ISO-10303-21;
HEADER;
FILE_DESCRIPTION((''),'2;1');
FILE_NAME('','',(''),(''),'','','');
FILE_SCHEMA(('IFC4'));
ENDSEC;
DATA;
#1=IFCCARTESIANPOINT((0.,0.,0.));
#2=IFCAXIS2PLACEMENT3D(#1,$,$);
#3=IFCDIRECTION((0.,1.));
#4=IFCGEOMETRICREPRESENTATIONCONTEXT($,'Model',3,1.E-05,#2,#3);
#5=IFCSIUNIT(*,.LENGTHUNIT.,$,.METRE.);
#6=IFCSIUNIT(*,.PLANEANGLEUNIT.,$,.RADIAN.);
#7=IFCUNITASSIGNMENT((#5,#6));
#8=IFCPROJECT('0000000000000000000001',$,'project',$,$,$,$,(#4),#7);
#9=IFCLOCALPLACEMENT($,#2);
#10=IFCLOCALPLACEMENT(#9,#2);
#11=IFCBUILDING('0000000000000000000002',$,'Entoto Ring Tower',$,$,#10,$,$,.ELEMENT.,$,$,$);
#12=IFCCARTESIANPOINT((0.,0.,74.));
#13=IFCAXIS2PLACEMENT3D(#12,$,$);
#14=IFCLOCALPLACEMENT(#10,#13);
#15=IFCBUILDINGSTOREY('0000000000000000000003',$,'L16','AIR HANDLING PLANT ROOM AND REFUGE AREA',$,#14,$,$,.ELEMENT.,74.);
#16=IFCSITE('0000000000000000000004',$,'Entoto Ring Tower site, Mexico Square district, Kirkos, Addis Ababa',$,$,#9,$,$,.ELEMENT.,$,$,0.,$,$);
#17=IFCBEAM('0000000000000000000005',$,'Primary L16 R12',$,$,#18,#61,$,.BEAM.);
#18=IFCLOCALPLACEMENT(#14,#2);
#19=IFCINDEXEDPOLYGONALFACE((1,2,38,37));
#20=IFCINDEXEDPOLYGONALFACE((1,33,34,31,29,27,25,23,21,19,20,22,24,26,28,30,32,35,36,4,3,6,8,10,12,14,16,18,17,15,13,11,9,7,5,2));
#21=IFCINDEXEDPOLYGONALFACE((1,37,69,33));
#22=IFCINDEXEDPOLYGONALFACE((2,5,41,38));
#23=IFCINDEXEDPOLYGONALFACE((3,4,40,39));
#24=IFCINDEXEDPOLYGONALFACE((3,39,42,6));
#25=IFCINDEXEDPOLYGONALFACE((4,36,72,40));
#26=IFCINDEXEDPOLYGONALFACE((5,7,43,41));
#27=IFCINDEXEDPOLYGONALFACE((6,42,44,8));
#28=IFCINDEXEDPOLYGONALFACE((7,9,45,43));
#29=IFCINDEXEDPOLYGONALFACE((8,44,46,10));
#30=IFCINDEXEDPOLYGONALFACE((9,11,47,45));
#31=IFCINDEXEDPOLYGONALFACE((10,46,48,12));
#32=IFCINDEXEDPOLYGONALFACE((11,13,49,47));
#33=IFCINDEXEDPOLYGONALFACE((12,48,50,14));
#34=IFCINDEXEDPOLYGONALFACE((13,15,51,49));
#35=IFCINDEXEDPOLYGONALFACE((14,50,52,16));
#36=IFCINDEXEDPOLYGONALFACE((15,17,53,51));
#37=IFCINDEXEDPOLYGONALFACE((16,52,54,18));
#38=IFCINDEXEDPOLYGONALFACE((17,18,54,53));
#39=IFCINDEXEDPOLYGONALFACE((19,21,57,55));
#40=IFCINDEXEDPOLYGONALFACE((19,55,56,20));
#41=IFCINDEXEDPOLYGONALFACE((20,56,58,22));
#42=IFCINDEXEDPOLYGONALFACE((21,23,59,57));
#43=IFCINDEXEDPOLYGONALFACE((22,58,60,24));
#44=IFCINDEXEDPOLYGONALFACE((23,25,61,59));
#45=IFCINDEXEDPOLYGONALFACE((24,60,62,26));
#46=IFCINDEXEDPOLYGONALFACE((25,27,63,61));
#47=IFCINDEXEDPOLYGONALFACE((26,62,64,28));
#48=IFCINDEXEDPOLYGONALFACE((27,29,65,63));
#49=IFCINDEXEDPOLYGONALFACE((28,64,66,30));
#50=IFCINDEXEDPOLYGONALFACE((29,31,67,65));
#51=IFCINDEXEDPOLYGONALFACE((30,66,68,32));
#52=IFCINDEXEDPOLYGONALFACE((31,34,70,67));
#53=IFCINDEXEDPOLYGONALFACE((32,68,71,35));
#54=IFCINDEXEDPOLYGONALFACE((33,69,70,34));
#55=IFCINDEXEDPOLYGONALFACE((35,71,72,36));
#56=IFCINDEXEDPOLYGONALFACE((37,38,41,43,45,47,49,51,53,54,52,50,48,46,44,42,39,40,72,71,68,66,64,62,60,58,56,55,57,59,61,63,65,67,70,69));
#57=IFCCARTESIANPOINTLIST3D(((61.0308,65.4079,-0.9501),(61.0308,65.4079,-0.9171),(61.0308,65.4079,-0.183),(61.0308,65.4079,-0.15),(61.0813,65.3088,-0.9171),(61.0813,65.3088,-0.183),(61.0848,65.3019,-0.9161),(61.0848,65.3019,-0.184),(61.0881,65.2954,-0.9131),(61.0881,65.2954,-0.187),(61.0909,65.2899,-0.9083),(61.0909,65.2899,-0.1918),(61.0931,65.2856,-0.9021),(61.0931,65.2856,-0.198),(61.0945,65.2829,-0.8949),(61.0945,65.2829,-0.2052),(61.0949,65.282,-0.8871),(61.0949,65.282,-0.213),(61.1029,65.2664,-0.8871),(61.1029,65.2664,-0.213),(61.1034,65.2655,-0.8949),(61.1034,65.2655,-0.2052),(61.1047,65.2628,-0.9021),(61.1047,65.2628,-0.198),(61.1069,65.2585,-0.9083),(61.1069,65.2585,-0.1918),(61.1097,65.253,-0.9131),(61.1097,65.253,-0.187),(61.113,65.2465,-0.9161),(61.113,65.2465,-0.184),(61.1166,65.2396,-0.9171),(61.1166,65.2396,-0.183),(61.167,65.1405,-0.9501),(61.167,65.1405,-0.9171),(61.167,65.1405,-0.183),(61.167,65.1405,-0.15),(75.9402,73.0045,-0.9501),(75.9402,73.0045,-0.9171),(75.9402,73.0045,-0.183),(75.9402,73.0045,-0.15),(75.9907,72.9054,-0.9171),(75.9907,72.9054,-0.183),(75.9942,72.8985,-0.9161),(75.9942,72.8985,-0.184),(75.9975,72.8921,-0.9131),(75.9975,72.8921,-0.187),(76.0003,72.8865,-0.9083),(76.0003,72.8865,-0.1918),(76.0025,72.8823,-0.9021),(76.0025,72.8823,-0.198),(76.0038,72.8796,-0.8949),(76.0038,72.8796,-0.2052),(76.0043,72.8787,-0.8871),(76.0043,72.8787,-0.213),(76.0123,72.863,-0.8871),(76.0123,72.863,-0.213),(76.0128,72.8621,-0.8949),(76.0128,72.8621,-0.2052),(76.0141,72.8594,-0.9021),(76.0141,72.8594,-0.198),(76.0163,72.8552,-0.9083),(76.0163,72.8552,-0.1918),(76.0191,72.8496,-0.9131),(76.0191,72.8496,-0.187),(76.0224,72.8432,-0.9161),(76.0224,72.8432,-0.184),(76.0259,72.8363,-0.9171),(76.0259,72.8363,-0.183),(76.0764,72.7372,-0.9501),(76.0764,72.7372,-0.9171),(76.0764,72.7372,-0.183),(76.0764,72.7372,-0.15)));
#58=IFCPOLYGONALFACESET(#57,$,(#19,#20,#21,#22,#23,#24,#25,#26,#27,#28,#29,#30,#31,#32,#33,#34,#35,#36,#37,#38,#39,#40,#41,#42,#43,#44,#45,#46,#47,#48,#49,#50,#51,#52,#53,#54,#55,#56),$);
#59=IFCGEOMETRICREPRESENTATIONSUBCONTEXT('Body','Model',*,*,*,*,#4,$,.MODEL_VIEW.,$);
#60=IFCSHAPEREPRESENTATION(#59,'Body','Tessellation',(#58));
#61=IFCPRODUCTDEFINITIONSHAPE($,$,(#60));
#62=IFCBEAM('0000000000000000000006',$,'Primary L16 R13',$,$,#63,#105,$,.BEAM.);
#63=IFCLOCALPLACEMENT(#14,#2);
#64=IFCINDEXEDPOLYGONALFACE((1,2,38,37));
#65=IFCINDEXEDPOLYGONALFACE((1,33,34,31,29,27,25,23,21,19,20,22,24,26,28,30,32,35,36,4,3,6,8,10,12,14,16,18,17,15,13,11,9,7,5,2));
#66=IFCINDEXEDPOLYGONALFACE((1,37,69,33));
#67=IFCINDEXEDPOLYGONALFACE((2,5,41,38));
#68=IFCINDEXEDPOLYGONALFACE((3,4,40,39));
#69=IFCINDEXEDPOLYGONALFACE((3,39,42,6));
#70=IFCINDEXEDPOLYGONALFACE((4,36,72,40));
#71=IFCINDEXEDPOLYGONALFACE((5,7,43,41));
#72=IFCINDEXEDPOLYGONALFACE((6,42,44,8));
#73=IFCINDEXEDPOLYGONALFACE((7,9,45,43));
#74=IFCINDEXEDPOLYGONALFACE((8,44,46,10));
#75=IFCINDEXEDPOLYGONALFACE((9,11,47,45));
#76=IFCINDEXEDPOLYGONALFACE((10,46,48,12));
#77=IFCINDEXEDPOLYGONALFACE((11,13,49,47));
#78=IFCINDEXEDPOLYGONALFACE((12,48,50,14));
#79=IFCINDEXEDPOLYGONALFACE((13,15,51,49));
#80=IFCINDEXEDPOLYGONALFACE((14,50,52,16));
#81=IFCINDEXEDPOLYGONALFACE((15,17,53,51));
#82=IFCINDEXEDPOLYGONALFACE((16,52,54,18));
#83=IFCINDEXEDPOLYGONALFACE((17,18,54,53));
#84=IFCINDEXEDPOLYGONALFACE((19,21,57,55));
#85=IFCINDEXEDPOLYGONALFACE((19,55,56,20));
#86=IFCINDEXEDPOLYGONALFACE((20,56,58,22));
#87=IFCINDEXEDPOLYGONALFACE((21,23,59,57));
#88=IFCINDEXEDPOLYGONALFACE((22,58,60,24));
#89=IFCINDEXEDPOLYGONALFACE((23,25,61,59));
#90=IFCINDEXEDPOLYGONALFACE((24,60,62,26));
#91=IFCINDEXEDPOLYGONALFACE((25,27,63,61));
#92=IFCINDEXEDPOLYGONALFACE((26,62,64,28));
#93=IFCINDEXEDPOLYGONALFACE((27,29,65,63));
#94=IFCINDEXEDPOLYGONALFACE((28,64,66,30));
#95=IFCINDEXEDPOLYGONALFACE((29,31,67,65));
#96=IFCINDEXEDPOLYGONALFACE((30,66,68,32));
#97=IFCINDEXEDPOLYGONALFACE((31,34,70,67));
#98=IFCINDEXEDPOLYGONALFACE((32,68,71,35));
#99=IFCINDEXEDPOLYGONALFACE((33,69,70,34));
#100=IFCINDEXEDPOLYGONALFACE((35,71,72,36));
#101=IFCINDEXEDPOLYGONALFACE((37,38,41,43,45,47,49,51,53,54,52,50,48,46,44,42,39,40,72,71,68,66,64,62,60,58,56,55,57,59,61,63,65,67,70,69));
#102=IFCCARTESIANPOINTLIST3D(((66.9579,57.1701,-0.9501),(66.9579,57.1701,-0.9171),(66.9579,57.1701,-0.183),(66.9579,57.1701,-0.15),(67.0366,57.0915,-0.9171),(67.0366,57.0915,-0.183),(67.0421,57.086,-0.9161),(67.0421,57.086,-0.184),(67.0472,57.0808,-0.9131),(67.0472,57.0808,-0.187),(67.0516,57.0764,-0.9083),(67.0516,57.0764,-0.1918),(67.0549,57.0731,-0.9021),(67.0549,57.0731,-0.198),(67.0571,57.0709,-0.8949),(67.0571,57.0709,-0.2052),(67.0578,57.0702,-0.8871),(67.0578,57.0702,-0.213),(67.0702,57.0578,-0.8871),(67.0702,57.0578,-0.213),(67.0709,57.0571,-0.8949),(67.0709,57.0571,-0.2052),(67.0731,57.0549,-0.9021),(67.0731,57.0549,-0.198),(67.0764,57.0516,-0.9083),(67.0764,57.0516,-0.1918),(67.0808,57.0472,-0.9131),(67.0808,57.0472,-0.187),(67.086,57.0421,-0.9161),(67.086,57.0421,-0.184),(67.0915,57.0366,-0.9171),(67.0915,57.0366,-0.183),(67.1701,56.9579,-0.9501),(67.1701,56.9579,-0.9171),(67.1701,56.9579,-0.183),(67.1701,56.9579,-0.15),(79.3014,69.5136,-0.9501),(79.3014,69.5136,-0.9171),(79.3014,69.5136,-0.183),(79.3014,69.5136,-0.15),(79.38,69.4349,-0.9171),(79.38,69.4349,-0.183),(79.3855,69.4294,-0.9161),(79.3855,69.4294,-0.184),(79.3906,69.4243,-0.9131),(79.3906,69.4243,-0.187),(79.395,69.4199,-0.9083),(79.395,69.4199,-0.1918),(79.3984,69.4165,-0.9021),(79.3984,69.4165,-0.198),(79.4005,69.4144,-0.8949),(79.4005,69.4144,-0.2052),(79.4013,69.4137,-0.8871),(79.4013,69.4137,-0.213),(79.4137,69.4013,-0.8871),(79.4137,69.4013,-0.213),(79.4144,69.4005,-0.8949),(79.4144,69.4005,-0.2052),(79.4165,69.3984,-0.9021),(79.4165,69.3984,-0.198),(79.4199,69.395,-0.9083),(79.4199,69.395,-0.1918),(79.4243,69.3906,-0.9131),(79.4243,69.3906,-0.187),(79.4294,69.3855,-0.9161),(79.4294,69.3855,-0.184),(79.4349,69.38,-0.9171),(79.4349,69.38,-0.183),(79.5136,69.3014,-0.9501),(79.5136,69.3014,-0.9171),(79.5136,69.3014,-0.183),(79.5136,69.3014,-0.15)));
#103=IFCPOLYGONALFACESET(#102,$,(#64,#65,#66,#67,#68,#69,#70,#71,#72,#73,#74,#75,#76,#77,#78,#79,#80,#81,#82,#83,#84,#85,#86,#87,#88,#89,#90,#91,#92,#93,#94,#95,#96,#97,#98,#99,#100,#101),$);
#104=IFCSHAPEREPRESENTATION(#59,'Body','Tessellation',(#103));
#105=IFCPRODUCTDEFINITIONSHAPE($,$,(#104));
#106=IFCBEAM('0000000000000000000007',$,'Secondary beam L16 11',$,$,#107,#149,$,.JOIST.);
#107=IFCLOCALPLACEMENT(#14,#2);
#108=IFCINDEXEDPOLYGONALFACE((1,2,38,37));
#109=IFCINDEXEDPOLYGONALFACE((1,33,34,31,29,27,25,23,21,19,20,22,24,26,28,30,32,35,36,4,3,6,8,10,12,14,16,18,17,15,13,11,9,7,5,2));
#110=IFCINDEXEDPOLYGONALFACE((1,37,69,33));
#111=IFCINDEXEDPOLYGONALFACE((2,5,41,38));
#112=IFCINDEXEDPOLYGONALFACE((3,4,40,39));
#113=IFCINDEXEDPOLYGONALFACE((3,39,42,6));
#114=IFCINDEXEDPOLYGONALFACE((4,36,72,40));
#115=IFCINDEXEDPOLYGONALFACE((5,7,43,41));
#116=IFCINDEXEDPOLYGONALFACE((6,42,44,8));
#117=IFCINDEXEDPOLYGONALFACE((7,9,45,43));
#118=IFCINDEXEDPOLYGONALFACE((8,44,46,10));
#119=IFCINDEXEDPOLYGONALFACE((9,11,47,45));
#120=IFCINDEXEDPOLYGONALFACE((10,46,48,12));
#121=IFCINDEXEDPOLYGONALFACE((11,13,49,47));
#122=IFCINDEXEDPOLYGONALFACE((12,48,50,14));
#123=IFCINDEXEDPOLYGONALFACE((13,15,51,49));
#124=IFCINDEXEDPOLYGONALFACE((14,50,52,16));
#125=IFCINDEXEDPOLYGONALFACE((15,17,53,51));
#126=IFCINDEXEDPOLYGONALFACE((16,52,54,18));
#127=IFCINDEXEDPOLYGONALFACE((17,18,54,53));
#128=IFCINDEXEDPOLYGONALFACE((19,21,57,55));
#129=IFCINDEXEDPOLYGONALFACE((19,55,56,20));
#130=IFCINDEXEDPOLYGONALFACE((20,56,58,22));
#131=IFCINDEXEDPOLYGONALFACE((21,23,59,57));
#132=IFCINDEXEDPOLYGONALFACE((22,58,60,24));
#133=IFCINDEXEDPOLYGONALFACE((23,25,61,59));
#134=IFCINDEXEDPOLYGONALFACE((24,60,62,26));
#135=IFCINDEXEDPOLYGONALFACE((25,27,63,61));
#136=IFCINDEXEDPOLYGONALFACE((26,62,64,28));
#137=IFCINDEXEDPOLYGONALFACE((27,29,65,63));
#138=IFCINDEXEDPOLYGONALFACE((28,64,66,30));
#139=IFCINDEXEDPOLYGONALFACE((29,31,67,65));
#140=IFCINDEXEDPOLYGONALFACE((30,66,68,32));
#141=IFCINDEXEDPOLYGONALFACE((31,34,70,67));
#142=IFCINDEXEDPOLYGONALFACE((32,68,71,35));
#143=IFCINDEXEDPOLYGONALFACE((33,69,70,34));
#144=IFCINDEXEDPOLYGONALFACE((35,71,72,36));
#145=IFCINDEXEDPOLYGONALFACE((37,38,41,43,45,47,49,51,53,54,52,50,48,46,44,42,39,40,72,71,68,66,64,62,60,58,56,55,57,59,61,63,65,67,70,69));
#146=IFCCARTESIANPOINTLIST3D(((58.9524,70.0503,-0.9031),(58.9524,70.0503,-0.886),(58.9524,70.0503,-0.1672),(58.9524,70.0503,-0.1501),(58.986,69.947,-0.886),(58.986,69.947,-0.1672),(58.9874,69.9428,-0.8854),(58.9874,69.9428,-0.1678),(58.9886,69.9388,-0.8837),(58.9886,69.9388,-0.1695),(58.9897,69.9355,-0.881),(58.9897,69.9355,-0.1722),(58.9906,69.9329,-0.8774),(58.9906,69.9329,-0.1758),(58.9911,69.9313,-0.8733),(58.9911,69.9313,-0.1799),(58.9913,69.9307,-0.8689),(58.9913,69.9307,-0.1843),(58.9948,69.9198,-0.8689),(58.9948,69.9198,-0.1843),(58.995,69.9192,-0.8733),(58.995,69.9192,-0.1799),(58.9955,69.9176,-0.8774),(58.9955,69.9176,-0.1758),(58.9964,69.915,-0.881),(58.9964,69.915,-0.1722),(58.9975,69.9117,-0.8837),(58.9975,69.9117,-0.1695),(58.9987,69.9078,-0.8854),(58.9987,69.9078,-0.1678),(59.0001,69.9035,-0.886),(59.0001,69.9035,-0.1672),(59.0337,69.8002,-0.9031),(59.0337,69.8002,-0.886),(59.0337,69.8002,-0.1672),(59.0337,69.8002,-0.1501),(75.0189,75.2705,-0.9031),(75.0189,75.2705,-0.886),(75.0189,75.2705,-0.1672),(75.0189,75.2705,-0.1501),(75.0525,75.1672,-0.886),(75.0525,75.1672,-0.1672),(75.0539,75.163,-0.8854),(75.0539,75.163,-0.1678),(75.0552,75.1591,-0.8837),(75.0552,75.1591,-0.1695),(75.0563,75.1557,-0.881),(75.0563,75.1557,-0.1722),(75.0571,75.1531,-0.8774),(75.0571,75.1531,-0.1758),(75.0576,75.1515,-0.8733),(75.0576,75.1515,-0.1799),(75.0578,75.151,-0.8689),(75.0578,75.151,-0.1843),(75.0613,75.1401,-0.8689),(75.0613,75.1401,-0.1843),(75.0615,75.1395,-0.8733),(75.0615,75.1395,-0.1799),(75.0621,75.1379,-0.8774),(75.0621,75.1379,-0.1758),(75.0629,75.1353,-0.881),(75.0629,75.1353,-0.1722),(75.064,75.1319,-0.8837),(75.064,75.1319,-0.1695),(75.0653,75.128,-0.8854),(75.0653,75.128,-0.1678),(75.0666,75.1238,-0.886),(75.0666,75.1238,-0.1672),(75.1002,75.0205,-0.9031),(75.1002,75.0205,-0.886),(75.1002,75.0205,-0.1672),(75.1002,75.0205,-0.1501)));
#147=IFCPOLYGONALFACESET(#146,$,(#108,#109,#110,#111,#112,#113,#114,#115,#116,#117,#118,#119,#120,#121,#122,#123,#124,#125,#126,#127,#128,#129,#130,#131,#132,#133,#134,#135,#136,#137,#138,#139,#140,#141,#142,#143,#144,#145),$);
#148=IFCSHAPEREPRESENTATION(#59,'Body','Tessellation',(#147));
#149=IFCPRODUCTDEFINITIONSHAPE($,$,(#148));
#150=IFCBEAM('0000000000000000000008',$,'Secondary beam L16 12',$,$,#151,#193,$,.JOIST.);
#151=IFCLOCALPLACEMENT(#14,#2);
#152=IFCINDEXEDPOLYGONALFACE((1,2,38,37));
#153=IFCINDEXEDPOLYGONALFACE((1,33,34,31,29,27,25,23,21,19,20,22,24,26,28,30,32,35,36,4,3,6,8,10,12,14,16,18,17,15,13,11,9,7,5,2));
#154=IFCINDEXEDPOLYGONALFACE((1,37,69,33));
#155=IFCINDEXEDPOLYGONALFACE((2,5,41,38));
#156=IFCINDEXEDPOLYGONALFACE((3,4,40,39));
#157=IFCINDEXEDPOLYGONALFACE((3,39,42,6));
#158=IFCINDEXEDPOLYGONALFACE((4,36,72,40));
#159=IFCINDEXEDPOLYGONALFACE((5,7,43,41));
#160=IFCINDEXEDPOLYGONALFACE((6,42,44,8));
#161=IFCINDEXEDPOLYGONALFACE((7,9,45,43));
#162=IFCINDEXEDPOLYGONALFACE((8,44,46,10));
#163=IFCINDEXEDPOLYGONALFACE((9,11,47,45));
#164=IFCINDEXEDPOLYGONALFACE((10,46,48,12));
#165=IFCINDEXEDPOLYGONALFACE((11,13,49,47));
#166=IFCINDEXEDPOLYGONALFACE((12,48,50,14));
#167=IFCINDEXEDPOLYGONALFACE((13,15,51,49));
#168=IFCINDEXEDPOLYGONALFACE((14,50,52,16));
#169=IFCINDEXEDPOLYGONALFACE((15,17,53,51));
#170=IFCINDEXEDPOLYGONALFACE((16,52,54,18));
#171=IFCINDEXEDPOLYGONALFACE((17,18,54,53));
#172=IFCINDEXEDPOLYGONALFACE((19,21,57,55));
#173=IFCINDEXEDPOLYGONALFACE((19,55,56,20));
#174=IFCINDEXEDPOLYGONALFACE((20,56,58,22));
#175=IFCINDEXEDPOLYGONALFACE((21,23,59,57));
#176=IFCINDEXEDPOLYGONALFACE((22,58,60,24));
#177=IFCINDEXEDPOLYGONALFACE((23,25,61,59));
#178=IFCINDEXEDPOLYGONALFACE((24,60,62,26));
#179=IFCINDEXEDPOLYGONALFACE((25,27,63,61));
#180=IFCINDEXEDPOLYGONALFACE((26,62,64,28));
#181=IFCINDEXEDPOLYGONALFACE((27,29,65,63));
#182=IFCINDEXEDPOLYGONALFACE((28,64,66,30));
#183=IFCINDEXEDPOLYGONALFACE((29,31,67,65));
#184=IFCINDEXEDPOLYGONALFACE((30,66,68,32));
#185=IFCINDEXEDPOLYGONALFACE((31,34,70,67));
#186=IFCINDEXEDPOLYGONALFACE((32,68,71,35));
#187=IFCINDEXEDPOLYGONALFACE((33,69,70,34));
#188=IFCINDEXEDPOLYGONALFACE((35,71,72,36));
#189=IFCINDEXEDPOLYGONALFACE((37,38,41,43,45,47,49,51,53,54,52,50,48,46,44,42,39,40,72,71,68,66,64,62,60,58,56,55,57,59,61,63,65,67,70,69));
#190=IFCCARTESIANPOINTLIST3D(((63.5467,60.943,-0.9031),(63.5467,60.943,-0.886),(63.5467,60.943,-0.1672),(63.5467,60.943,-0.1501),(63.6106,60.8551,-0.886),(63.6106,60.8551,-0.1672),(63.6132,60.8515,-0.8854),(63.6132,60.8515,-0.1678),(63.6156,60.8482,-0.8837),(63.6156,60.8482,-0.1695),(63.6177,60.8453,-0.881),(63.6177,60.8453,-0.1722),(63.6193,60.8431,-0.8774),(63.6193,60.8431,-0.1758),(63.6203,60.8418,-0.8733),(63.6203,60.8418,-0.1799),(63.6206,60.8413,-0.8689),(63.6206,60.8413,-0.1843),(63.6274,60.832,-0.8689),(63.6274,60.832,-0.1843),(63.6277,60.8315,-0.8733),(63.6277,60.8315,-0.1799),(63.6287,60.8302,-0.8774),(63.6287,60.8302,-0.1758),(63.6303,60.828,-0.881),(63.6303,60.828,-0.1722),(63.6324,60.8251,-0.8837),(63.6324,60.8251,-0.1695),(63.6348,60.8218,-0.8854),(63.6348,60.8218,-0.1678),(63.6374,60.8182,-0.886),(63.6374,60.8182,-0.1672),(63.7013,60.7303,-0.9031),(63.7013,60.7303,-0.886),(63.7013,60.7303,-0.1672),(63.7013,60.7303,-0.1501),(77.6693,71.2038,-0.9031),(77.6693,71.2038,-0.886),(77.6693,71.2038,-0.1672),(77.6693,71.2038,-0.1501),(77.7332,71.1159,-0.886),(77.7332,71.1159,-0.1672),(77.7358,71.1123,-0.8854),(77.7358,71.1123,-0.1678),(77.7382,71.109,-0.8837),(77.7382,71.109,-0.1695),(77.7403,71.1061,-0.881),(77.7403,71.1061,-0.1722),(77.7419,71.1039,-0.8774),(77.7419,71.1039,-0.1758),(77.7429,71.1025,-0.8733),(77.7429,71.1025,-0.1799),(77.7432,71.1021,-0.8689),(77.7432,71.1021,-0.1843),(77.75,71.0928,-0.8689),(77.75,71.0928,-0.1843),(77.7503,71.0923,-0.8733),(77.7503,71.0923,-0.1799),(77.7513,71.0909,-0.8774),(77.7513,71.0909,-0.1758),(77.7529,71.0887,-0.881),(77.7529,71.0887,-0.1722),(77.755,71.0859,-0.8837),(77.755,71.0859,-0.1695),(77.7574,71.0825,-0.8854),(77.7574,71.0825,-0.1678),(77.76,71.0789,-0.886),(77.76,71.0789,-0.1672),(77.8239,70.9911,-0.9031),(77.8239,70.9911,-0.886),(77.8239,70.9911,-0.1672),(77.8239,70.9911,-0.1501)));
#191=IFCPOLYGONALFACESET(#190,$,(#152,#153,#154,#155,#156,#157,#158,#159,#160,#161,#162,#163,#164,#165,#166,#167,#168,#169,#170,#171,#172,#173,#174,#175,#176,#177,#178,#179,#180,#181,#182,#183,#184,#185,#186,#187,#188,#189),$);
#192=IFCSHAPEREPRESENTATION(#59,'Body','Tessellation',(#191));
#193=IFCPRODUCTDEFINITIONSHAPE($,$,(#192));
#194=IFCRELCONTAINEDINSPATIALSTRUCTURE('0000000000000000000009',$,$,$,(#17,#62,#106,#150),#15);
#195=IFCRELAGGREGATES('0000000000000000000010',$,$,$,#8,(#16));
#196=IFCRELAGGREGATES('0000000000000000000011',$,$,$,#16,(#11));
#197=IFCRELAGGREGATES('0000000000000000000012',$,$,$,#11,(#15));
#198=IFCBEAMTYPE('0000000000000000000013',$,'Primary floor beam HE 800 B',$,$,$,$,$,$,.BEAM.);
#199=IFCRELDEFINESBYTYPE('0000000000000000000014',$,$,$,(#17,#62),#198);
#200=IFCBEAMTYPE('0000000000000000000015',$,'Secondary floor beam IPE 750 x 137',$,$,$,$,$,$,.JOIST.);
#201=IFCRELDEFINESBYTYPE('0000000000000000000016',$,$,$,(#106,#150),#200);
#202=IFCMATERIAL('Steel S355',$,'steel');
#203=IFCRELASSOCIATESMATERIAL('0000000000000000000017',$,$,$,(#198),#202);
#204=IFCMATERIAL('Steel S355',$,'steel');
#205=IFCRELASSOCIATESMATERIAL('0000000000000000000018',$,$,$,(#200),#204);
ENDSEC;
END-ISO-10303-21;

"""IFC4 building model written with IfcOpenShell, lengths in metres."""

from ifc_helpers import new_model, si_unit, direction, frame, origin, origin_2d, place, context, subcontext, project, spatial, i_section, extrude, material, material_profile, profile_set, type_object, element, save


model = new_model("IFC4")

# Units and contexts
model_context = context("Model", 3, precision=1e-05, world=origin(), true_north=direction((0.0, 1.0)))
body_context = subcontext(model_context, "Body", "Model", "MODEL_VIEW")
ifc_project = project(units=[si_unit("LENGTHUNIT", "METRE"), si_unit("PLANEANGLEUNIT", "RADIAN")], contexts=[model_context])

# Site, building, storey
site_placement = place(None, origin())
site = spatial("IfcSite", under=ifc_project, at=site_placement, Name="Entoto Ring Tower site, Mexico Square district, Kirkos, Addis Ababa", CompositionType="ELEMENT", RefElevation=0.0)
building_placement = place(site_placement, origin())
building = spatial("IfcBuilding", under=site, at=building_placement, Name="Entoto Ring Tower", CompositionType="ELEMENT")
storey_placement = place(building_placement, frame((0.0, 0.0, 74.0)))
storey = spatial("IfcBuildingStorey", under=building, at=storey_placement, Name="L16", Description="AIR HANDLING PLANT ROOM AND REFUGE AREA", CompositionType="ELEMENT", Elevation=74.0)

# Beams
ifc_material_1 = material(Name="Steel S355", Category="steel")
ifc_material_profile_1 = material_profile(ifc_material_1, i_section(OverallWidth=0.3, OverallDepth=0.8, WebThickness=0.0176, FlangeThickness=0.033, FilletRadius=0.03, at=origin_2d()), Name="HE 800 B")
ifc_profile_set_1 = profile_set([ifc_material_profile_1], Name="Steel S355")
beam_type_1 = type_object("IfcBeamType", Name="Primary floor beam HE 800 B", PredefinedType="BEAM", material=ifc_profile_set_1)
beam_1_placement = place(storey_placement, frame((76.0083, 72.8708, -0.55), z_axis=(-0.891008, -0.453988, 0.0), x_axis=(0.453988, -0.891008, 0.0)))
element("IfcBeam", 1, at=beam_1_placement, inside=storey, type_object=beam_type_1, Name="Primary L16 R12", PredefinedType="BEAM", context=body_context, shape_type="SweptSolid", body=[
    extrude(i_section(OverallWidth=0.3, OverallDepth=0.8, WebThickness=0.0176, FlangeThickness=0.033, FilletRadius=0.03, at=origin_2d()), origin(), (0.0, 0.0, 1.0), 16.7332),
])
beam_2_placement = place(storey_placement, frame((79.4075, 69.4075, -0.55), z_axis=(-0.707107, -0.707107, 0.0), x_axis=(0.707107, -0.707107, 0.0)))
element("IfcBeam", 2, at=beam_2_placement, inside=storey, type_object=beam_type_1, Name="Primary L16 R13", PredefinedType="BEAM", context=body_context, shape_type="SweptSolid", body=[
    extrude(i_section(OverallWidth=0.3, OverallDepth=0.8, WebThickness=0.0176, FlangeThickness=0.033, FilletRadius=0.03, at=origin_2d()), origin(), (0.0, 0.0, 1.0), 17.4563),
])
ifc_material_2 = material(Name="Steel S355", Category="steel")
ifc_material_profile_2 = material_profile(ifc_material_2, i_section(OverallWidth=0.2629, OverallDepth=0.7529, WebThickness=0.0115, FlangeThickness=0.0171, FilletRadius=0.0171, at=origin_2d()), Name="IPE 750 x 137")
ifc_profile_set_2 = profile_set([ifc_material_profile_2], Name="Steel S355")
beam_type_2 = type_object("IfcBeamType", Name="Secondary floor beam IPE 750 x 137", PredefinedType="JOIST", material=ifc_profile_set_2)
beam_3_placement = place(storey_placement, frame((75.0596, 75.1455, -0.5266), z_axis=(-0.951058, -0.309013, 0.0), x_axis=(0.309013, -0.951058, 0.0)))
element("IfcBeam", 3, at=beam_3_placement, inside=storey, type_object=beam_type_2, Name="Secondary beam L16 11", PredefinedType="JOIST", context=body_context, shape_type="SweptSolid", body=[
    extrude(i_section(OverallWidth=0.2629, OverallDepth=0.7529, WebThickness=0.0115, FlangeThickness=0.0171, FilletRadius=0.0171, at=origin_2d()), origin(), (0.0, 0.0, 1.0), 16.8933),
])
beam_4_placement = place(storey_placement, frame((77.7466, 71.0974, -0.5266), z_axis=(-0.809014, -0.587789, 0.0), x_axis=(0.587789, -0.809014, 0.0)))
element("IfcBeam", 4, at=beam_4_placement, inside=storey, type_object=beam_type_2, Name="Secondary beam L16 12", PredefinedType="JOIST", context=body_context, shape_type="SweptSolid", body=[
    extrude(i_section(OverallWidth=0.2629, OverallDepth=0.7529, WebThickness=0.0115, FlangeThickness=0.0171, FilletRadius=0.0171, at=origin_2d()), origin(), (0.0, 0.0, 1.0), 17.4565),
])

save(model, "model.ifc")
